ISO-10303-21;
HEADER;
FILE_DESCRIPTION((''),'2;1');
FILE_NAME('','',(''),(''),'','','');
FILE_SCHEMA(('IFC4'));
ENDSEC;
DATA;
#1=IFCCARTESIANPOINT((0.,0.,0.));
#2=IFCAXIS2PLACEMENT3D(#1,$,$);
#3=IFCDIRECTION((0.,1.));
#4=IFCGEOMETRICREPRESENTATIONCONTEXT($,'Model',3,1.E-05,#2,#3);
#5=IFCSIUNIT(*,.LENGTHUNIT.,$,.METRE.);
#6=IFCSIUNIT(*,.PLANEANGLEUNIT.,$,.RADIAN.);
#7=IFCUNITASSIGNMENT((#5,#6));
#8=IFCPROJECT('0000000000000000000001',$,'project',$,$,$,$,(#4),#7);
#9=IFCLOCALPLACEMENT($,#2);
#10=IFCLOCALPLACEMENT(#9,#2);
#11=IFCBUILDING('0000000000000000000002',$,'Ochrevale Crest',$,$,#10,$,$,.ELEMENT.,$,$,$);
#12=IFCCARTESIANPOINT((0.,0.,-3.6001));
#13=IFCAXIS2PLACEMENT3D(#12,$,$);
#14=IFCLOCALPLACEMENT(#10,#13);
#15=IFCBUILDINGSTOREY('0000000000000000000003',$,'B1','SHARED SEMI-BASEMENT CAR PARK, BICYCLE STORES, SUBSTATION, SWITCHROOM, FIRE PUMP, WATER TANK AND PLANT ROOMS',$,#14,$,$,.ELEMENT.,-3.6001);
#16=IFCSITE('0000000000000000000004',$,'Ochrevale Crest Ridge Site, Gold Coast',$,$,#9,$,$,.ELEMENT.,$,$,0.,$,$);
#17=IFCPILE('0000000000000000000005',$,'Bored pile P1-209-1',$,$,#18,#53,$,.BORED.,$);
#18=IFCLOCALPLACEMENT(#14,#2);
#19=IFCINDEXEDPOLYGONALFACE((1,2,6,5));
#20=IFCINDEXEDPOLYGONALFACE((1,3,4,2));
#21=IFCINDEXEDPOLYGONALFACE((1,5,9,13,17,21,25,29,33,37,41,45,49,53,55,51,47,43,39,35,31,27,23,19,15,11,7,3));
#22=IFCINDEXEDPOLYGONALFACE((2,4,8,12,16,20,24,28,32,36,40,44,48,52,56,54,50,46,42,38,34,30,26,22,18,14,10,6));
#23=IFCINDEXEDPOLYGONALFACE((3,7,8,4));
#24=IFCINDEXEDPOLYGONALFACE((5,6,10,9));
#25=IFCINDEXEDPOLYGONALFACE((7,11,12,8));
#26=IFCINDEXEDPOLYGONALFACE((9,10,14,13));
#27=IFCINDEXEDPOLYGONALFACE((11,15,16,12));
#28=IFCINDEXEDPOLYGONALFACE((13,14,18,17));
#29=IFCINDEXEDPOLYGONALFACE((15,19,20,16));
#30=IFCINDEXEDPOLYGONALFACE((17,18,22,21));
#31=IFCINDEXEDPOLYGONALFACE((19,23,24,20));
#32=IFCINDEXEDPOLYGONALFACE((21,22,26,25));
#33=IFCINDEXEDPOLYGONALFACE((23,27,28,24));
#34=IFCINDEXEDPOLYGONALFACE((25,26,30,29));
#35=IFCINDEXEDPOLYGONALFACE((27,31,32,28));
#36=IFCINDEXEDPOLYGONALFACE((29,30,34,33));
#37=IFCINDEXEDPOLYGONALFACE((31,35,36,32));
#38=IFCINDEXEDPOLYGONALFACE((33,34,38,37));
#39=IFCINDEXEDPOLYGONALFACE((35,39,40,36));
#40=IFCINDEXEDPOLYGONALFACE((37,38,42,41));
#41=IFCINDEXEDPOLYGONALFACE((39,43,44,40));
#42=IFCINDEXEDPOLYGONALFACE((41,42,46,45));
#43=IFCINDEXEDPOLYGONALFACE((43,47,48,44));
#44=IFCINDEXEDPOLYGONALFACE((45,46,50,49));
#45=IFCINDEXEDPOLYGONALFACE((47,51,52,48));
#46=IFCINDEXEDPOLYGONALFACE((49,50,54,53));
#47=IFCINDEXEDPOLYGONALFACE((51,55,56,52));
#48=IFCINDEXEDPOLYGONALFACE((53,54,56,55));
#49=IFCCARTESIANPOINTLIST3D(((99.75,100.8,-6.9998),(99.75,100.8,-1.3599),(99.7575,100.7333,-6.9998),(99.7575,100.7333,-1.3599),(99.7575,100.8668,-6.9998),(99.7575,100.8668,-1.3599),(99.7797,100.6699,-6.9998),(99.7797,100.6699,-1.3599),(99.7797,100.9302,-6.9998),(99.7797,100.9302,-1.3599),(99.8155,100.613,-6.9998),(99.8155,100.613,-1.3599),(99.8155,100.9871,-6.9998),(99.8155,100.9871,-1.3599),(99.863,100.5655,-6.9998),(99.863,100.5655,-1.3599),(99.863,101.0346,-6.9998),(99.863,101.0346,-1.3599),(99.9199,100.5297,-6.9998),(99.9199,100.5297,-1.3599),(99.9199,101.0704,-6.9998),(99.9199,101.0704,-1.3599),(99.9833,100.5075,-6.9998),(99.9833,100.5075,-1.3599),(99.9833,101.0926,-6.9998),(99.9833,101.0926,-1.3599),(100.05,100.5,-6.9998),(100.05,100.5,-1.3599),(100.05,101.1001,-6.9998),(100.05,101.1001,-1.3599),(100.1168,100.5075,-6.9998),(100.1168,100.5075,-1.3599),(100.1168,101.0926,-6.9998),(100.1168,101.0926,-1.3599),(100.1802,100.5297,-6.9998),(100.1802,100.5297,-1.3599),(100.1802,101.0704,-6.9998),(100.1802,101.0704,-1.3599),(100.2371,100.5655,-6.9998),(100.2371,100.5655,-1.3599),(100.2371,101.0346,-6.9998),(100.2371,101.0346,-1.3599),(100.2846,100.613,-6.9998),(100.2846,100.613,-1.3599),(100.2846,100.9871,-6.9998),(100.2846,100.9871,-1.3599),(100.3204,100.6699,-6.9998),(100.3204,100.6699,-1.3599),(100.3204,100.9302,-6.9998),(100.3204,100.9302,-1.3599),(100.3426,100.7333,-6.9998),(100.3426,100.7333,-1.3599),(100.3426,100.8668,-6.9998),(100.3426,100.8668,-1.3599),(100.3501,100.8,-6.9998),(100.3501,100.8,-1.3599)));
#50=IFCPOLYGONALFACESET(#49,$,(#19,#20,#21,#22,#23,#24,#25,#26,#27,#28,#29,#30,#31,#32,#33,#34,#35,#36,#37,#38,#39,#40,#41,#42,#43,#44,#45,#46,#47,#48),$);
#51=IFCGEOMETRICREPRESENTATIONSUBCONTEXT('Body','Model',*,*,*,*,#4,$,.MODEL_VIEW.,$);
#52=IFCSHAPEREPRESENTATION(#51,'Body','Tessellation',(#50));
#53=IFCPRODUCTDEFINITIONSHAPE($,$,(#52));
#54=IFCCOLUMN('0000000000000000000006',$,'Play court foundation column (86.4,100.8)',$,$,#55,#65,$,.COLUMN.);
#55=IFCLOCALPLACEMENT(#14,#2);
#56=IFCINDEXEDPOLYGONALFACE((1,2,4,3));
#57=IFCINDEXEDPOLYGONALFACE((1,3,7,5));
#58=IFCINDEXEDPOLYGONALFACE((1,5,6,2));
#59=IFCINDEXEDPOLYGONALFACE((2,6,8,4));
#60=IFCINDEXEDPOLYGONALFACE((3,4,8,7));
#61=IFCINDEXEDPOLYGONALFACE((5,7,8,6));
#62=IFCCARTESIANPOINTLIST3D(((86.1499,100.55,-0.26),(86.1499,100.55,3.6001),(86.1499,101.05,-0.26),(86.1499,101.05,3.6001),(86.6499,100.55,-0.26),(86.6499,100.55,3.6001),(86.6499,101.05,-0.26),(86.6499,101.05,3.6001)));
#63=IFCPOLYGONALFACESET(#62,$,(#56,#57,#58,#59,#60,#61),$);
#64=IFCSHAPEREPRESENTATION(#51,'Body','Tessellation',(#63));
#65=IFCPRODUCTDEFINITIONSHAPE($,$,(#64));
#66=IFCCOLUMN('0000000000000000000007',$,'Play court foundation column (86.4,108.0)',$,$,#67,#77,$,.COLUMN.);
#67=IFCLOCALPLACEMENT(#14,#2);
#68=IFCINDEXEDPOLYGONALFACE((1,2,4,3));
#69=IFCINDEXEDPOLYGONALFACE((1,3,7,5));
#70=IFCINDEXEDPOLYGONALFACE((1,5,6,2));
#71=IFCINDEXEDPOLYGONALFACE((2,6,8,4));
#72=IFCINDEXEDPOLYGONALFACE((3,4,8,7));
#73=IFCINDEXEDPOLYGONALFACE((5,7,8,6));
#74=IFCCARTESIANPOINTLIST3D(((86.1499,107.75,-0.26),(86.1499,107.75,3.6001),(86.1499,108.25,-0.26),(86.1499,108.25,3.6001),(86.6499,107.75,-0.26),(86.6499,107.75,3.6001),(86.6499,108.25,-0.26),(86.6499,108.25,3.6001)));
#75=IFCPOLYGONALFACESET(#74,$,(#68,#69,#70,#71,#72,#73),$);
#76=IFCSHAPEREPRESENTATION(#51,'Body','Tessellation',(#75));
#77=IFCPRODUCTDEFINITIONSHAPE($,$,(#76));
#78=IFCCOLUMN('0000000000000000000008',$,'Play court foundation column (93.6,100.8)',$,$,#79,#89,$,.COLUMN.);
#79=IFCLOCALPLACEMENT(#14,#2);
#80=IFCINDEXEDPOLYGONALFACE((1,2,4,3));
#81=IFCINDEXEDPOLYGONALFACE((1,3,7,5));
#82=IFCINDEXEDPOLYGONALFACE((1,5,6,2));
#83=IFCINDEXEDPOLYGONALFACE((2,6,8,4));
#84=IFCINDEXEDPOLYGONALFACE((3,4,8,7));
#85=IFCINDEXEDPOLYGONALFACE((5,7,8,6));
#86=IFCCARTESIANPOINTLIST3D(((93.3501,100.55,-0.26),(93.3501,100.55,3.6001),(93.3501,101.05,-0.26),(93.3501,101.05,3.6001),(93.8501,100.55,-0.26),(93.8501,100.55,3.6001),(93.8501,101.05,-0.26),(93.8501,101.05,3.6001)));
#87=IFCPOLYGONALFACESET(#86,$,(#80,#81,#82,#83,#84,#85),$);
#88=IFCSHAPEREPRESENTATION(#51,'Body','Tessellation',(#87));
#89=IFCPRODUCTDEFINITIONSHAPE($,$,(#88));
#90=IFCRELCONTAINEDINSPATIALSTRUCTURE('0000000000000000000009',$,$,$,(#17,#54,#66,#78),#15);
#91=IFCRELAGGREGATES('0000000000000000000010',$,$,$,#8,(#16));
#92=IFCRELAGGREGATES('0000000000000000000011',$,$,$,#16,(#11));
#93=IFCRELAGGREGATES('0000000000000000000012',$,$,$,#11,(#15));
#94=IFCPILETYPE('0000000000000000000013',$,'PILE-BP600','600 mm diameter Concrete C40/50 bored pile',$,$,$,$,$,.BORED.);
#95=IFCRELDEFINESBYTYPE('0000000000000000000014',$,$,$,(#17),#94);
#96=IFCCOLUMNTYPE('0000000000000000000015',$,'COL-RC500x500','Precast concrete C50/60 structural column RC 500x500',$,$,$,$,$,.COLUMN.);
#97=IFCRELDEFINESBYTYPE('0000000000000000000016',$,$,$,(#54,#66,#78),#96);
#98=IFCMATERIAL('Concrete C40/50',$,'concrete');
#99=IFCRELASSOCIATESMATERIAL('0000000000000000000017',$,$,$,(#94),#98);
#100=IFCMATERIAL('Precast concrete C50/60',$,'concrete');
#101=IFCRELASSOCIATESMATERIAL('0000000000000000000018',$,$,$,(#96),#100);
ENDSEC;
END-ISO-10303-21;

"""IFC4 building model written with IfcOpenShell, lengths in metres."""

from ifc_helpers import new_model, si_unit, direction, frame, origin, origin_2d, place, context, subcontext, project, spatial, rectangle, circle, extrude, material, material_profile, profile_set, type_object, element, save


model = new_model("IFC4")

# Units and contexts
model_context = context("Model", 3, precision=1e-05, world=origin(), true_north=direction((0.0, 1.0)))
body_context = subcontext(model_context, "Body", "Model", "MODEL_VIEW")
ifc_project = project(units=[si_unit("LENGTHUNIT", "METRE"), si_unit("PLANEANGLEUNIT", "RADIAN")], contexts=[model_context])

# Site, building, storey
site_placement = place(None, origin())
site = spatial("IfcSite", under=ifc_project, at=site_placement, Name="Ochrevale Crest Ridge Site, Gold Coast", CompositionType="ELEMENT", RefElevation=0.0)
building_placement = place(site_placement, origin())
building = spatial("IfcBuilding", under=site, at=building_placement, Name="Ochrevale Crest", CompositionType="ELEMENT")
storey_placement = place(building_placement, frame((0.0, 0.0, -3.6001)))
storey = spatial("IfcBuildingStorey", under=building, at=storey_placement, Name="B1", Description="SHARED SEMI-BASEMENT CAR PARK, BICYCLE STORES, SUBSTATION, SWITCHROOM, FIRE PUMP, WATER TANK AND PLANT ROOMS", CompositionType="ELEMENT", Elevation=-3.6001)

# Shared definitions
ifc_material_1 = material(Name="Concrete C40/50", Category="concrete")

# Pile
ifc_material_profile_1 = material_profile(ifc_material_1, circle(Radius=0.3, at=origin_2d()), Name="BORED PILE 600")
ifc_profile_set_1 = profile_set([ifc_material_profile_1], Name="Concrete C40/50")
pile_type = type_object("IfcPileType", Name="PILE-BP600", Description="600 mm diameter Concrete C40/50 bored pile", PredefinedType="BORED", material=ifc_profile_set_1)
for number, where, z_axis, x_axis, name in (
    (1, (100.05, 100.8, -1.3599), (0.0, 0.0, -1.0), (1.0, 0.0, 0.0), "Bored pile P1-209-1"),
):
    element("IfcPile", number, at=place(storey_placement, frame(where, z_axis=z_axis, x_axis=x_axis)), inside=storey, type_object=pile_type, Name=name, PredefinedType="BORED", context=body_context, shape_type="SweptSolid", body=[
        extrude(circle(Radius=0.3, at=origin_2d()), origin(), (0.0, 0.0, 1.0), 5.6399),
    ])

# Columns
ifc_material_2 = material(Name="Precast concrete C50/60", Category="concrete")
ifc_material_profile_2 = material_profile(ifc_material_2, rectangle(XDim=0.5, YDim=0.5, at=origin_2d()), Name="RC 500x500")
ifc_profile_set_2 = profile_set([ifc_material_profile_2], Name="Precast concrete C50/60")
column_type = type_object("IfcColumnType", Name="COL-RC500x500", Description="Precast concrete C50/60 structural column RC 500x500", PredefinedType="COLUMN", material=ifc_profile_set_2)
for number, where, z_axis, x_axis, name in (
    (2, (86.3999, 100.8, -0.26), (0.0, 0.0, 1.0), (1.0, 0.0, 0.0), "Play court foundation column (86.4,100.8)"),
    (3, (86.3999, 108.0, -0.26), (0.0, 0.0, 1.0), (1.0, 0.0, 0.0), "Play court foundation column (86.4,108.0)"),
    (4, (93.6001, 100.8, -0.26), (0.0, 0.0, 1.0), (1.0, 0.0, 0.0), "Play court foundation column (93.6,100.8)"),
):
    element("IfcColumn", number, at=place(storey_placement, frame(where, z_axis=z_axis, x_axis=x_axis)), inside=storey, type_object=column_type, Name=name, PredefinedType="COLUMN", context=body_context, shape_type="SweptSolid", body=[
        extrude(rectangle(XDim=0.5, YDim=0.5, at=origin_2d()), origin(), (0.0, 0.0, 1.0), 3.8601),
    ])

save(model, "model.ifc")
